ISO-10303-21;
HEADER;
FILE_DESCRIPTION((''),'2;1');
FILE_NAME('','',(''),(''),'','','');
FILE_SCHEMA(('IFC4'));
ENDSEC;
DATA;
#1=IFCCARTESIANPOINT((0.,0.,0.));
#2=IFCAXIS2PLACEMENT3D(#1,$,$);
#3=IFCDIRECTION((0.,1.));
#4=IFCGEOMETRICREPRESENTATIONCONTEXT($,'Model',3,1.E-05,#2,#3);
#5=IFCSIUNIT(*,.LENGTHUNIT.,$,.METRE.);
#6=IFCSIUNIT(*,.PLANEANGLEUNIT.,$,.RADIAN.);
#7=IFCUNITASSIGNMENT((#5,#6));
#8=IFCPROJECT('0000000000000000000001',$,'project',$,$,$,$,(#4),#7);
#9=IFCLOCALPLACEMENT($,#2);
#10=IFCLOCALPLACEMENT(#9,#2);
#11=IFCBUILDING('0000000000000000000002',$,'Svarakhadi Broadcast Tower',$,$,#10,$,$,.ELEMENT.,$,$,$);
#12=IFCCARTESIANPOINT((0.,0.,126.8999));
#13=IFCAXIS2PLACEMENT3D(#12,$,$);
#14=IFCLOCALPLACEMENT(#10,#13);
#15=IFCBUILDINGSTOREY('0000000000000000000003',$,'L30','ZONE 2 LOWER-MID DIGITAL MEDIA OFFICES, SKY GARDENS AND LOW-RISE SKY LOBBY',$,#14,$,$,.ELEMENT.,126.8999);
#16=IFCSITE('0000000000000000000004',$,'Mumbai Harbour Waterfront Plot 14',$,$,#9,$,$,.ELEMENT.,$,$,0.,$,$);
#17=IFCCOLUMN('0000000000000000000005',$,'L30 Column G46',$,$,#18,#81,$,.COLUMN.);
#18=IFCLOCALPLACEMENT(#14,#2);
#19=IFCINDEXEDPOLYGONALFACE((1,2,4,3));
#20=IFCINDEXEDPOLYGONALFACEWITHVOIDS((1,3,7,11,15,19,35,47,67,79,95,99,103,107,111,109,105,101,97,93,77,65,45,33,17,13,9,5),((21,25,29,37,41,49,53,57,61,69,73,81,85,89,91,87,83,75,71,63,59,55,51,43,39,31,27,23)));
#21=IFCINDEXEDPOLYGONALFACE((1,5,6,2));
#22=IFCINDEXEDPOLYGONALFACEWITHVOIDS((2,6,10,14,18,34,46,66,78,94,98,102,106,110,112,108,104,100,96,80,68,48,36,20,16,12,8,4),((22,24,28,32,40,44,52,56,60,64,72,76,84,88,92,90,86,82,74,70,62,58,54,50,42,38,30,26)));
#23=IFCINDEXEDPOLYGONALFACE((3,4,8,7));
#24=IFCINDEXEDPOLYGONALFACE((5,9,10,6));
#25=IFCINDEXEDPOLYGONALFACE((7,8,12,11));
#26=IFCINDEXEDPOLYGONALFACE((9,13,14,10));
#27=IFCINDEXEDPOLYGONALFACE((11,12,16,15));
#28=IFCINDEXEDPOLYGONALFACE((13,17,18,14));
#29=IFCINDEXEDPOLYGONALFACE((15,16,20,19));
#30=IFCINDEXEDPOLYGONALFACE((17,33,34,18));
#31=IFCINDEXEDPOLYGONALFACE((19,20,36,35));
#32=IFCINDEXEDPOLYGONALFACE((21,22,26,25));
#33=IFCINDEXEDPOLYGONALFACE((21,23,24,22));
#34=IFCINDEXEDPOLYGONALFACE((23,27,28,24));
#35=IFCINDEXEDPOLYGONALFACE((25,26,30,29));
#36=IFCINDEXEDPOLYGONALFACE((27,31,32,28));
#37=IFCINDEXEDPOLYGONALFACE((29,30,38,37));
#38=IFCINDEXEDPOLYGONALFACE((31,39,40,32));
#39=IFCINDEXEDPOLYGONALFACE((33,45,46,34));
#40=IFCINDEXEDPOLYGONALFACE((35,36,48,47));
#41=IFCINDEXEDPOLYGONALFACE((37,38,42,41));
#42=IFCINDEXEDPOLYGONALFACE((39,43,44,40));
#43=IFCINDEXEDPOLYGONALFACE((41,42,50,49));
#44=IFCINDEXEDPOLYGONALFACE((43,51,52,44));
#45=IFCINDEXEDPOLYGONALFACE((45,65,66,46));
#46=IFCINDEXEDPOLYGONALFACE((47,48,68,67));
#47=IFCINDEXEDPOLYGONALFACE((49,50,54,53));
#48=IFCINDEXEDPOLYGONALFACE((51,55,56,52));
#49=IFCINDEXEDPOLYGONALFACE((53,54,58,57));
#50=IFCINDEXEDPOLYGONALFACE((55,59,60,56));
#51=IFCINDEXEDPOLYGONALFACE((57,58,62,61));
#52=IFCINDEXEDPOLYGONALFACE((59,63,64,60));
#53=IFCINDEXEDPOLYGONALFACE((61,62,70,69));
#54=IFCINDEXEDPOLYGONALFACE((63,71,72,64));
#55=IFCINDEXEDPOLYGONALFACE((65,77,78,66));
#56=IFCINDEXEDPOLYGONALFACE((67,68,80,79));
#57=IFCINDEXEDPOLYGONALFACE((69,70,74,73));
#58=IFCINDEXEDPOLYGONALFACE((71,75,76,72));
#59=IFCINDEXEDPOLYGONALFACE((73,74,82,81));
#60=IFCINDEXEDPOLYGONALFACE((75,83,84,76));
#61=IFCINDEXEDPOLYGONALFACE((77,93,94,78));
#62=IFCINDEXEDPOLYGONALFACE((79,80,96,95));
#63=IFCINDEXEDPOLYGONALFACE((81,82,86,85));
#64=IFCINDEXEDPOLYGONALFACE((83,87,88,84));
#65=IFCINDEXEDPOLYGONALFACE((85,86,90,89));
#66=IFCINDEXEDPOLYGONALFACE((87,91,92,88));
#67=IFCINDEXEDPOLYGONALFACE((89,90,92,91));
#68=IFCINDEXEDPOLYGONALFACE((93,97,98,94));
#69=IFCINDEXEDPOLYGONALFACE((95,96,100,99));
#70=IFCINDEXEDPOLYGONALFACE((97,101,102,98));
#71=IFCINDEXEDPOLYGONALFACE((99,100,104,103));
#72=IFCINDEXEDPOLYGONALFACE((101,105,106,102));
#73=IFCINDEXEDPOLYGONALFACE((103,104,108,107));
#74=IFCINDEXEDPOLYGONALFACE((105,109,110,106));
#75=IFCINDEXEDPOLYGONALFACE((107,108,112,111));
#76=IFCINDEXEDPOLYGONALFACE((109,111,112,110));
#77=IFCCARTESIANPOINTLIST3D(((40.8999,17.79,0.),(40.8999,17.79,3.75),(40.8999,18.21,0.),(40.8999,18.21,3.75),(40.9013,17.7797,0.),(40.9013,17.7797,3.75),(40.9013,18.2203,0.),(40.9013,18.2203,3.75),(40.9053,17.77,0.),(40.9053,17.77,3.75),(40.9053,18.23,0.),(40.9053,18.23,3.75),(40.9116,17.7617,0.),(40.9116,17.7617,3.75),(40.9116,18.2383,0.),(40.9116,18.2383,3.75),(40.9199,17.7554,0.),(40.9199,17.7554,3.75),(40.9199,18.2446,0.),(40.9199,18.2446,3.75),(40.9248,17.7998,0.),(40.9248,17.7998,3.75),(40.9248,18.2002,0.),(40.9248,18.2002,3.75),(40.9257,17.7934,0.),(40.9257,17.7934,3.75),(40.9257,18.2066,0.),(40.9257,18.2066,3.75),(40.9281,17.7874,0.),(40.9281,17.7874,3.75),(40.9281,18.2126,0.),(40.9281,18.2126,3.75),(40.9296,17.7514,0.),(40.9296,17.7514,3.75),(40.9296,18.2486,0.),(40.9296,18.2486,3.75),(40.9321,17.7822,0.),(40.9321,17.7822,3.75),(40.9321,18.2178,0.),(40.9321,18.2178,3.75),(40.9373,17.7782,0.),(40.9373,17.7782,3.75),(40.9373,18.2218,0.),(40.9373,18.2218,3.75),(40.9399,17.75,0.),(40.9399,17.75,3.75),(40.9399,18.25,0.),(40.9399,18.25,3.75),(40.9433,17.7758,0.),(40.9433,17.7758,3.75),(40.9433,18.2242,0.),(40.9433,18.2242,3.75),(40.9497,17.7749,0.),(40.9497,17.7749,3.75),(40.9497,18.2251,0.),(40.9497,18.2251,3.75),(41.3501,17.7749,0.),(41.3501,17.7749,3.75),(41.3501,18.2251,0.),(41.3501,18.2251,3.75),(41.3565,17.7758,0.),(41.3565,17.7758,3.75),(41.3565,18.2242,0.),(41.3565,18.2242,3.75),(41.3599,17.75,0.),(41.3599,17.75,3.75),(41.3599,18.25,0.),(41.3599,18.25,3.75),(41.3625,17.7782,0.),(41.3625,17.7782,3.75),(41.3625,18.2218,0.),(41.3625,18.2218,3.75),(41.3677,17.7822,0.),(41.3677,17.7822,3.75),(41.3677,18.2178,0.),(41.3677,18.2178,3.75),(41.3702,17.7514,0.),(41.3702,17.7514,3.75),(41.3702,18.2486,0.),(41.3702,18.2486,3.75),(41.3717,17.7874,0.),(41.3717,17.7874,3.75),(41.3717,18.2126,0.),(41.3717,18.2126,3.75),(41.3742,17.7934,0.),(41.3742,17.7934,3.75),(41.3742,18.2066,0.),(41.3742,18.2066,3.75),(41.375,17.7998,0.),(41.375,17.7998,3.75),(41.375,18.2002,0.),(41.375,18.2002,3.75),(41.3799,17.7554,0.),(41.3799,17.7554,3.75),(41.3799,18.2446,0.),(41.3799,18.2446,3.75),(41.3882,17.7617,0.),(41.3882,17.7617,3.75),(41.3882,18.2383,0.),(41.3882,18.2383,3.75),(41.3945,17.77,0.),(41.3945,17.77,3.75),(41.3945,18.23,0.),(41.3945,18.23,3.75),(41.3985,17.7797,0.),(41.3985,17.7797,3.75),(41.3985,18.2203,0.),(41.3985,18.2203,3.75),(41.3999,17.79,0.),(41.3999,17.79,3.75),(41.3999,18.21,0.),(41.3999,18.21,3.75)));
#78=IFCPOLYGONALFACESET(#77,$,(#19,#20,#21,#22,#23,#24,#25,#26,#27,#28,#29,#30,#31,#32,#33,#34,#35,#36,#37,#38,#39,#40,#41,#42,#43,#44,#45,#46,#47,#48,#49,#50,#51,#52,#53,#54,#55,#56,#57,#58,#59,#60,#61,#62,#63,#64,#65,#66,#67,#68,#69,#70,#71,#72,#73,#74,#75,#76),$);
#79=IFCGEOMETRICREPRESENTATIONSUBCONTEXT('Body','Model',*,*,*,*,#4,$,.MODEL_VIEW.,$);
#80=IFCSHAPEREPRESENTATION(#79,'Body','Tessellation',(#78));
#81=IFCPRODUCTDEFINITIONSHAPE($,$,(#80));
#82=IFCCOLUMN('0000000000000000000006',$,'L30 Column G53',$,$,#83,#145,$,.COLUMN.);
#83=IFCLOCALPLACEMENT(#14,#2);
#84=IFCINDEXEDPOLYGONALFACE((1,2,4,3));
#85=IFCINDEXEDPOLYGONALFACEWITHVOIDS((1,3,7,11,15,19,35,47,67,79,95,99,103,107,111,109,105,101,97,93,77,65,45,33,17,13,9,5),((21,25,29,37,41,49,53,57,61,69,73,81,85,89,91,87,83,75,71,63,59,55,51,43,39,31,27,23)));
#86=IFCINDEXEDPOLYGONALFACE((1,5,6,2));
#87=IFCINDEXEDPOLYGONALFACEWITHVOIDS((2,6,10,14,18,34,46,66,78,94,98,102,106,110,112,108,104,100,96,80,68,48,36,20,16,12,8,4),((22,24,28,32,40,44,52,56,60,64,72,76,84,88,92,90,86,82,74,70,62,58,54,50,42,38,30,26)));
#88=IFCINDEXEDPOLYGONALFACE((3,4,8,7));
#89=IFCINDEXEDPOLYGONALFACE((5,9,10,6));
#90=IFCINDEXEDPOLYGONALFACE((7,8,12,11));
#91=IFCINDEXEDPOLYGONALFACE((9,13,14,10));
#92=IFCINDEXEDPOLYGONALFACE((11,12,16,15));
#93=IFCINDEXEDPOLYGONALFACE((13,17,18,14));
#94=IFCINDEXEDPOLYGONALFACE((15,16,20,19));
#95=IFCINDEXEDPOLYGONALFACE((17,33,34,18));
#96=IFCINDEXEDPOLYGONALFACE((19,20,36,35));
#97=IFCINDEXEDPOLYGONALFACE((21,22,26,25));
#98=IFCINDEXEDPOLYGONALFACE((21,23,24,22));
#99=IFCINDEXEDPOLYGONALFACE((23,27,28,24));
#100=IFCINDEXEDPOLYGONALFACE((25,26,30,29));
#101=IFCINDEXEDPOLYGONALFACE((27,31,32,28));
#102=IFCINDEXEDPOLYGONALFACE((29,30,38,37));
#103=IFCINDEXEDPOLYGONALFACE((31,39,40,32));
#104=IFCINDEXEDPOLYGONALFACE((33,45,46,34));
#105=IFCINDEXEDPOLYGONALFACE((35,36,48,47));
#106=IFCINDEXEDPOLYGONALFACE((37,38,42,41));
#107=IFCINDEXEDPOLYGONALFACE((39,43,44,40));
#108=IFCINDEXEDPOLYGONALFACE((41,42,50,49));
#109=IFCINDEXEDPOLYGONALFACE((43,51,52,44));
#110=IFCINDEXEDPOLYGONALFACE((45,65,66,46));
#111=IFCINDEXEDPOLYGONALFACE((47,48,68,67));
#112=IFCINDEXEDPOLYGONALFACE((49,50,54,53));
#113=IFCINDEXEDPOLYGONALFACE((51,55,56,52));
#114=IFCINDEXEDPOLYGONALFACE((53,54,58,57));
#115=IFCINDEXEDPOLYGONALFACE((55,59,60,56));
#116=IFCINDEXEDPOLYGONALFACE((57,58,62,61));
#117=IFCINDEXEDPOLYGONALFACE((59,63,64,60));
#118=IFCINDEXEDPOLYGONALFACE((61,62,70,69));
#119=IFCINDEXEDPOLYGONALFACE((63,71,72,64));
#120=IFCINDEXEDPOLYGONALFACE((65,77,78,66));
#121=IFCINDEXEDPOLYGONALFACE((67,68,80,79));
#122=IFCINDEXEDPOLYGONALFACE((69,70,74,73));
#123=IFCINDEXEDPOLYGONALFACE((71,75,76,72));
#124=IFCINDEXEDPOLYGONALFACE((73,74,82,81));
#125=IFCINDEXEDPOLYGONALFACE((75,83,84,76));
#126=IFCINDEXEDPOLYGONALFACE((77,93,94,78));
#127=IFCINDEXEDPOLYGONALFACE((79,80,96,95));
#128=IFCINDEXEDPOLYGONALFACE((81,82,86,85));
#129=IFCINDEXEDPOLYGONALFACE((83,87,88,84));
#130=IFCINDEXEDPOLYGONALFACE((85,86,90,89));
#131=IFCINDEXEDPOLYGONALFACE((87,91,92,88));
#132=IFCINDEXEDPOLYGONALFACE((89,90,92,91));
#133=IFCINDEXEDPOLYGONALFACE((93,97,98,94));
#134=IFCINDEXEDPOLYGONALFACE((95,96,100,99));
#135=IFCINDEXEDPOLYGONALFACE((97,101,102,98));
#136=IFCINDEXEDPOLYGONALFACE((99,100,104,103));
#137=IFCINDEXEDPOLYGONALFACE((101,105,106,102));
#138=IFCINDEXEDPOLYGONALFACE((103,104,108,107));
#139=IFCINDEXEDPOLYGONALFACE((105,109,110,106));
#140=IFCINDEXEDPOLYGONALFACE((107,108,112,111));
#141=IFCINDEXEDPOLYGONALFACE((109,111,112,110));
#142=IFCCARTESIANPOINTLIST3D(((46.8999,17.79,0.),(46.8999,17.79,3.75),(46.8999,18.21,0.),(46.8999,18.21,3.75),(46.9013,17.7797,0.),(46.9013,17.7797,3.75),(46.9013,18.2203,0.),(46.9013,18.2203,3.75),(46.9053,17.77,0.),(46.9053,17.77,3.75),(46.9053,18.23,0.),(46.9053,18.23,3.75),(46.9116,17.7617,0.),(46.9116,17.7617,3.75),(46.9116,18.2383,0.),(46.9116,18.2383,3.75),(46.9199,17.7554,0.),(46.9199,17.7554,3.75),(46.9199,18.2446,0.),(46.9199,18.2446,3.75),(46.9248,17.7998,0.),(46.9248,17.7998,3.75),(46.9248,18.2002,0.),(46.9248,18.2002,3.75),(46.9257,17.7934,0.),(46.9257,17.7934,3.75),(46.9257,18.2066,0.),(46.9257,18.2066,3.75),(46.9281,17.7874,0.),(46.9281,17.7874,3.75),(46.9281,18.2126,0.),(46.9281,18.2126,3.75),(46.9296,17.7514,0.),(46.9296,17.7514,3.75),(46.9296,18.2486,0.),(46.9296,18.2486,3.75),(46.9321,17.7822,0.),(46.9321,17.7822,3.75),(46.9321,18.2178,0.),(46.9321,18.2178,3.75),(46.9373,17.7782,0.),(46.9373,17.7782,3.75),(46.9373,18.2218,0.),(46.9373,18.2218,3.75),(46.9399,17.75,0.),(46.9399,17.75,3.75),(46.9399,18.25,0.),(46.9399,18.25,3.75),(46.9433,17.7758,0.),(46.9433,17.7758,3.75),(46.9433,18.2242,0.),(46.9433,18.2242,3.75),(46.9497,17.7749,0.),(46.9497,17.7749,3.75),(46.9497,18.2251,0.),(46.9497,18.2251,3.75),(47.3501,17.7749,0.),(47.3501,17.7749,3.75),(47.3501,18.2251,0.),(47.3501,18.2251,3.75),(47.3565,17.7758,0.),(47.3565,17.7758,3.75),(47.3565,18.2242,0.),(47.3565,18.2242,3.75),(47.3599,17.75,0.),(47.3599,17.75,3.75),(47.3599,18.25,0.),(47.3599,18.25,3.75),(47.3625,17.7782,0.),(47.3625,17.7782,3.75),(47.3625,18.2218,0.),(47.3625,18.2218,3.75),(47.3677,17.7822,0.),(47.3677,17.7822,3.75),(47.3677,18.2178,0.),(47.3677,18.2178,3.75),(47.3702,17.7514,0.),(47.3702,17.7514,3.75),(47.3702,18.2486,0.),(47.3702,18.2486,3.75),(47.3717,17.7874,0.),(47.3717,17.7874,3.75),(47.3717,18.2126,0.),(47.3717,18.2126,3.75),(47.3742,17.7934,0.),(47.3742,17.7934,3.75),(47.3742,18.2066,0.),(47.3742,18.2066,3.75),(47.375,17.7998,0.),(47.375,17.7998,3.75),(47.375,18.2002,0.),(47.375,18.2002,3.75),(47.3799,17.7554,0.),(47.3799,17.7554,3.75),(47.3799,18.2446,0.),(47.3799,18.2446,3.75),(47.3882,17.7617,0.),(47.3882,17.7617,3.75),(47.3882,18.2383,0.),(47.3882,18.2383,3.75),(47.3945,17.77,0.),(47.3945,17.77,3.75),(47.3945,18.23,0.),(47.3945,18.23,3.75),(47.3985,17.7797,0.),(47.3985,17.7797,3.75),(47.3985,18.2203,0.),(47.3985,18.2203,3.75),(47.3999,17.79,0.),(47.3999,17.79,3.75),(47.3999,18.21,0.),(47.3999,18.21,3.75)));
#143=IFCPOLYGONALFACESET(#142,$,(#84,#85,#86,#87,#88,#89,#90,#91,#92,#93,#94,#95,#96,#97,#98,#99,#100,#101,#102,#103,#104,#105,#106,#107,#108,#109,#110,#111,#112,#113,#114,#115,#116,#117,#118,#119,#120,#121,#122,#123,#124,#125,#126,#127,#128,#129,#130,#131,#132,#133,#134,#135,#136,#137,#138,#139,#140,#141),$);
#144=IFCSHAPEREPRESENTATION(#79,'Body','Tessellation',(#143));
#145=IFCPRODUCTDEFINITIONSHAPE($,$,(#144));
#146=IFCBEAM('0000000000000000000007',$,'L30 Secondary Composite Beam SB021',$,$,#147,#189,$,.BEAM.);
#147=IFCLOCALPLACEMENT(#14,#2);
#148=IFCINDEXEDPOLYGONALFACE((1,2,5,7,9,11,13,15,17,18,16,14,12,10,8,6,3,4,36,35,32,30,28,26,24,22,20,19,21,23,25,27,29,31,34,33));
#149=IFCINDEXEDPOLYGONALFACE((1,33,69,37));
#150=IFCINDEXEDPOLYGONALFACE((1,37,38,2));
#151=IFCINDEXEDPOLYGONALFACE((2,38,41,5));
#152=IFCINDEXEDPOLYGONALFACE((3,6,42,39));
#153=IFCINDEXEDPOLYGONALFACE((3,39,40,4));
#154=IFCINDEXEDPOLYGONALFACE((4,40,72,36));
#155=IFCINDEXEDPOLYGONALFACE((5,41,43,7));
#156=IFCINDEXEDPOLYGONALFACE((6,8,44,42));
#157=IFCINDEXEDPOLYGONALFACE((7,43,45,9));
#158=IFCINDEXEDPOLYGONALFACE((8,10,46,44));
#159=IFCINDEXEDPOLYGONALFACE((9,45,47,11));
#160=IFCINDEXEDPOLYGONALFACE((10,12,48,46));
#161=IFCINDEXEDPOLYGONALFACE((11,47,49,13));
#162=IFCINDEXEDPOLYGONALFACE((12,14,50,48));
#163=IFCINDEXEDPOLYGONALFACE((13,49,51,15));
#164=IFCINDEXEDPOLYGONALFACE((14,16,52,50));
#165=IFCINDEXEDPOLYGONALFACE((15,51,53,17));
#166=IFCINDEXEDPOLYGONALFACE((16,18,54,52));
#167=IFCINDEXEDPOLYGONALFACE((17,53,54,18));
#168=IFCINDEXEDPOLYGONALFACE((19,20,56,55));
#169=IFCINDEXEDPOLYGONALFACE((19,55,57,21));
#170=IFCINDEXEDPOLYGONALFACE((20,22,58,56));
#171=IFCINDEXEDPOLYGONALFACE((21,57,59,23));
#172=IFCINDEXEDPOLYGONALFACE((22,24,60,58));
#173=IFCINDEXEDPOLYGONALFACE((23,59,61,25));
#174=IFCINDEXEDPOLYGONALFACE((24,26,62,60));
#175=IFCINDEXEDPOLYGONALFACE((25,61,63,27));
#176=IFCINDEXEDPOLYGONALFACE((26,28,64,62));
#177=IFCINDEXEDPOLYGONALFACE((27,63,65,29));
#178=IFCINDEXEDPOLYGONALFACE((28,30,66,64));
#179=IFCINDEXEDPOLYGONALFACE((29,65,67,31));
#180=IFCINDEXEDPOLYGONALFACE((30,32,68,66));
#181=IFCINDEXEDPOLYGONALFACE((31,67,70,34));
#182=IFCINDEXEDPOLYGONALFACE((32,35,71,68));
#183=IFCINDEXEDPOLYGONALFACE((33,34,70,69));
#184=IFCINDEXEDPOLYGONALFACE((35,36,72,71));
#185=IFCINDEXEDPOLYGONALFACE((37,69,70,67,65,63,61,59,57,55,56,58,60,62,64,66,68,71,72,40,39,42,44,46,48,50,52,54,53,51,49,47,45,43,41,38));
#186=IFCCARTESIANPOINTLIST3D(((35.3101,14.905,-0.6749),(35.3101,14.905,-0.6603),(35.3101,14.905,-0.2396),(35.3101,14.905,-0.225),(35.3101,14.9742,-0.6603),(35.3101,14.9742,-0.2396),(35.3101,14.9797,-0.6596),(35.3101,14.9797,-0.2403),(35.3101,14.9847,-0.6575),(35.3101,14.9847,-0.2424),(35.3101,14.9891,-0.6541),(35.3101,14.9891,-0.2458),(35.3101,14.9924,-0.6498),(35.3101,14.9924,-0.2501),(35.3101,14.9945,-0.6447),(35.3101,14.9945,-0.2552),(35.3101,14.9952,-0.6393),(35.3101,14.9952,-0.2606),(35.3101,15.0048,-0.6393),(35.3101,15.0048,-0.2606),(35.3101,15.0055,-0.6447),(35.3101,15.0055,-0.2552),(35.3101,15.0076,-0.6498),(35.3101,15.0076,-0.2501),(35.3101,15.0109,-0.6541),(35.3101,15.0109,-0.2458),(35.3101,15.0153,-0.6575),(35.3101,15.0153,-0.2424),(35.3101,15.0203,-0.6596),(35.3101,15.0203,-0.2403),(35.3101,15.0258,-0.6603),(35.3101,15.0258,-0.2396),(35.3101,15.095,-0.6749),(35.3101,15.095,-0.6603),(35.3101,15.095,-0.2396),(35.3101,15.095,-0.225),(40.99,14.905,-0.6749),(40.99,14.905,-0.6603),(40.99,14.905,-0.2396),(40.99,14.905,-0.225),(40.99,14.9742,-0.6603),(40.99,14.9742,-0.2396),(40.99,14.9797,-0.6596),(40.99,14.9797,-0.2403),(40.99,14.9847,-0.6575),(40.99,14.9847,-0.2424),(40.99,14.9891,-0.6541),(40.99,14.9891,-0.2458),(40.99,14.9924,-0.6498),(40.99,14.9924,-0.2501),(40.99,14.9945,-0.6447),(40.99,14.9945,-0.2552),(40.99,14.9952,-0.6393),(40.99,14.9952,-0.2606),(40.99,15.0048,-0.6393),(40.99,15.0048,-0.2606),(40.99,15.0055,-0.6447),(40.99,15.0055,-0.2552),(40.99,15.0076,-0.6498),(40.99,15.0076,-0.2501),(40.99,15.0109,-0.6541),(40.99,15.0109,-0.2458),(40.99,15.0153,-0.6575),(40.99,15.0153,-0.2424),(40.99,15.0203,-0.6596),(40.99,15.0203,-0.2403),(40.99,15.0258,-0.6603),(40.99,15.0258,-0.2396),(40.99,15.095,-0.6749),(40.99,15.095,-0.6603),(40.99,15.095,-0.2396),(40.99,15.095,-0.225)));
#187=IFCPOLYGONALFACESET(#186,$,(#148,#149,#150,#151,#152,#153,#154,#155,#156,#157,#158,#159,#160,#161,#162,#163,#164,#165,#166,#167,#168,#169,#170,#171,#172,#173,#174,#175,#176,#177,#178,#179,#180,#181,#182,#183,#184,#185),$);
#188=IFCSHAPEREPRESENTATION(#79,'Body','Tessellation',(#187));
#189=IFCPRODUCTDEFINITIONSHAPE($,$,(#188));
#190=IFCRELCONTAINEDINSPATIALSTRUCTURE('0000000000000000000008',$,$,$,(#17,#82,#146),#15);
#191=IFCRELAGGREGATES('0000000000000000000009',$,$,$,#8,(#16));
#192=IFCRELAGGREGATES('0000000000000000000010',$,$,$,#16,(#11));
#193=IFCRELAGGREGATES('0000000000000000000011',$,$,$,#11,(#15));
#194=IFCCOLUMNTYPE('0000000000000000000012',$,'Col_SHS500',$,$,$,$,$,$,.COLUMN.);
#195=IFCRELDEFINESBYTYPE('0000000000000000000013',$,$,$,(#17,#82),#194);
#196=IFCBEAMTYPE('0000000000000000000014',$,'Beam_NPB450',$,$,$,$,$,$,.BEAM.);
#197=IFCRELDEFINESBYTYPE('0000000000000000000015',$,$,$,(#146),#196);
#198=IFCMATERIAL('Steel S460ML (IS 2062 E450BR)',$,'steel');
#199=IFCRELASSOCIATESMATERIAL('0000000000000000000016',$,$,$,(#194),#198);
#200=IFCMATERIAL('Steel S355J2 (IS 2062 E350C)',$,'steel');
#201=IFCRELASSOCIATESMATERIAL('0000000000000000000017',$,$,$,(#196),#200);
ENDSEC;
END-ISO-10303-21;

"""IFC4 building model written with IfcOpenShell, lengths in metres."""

from ifc_helpers import new_model, si_unit, direction, frame, origin, origin_2d, place, context, subcontext, project, spatial, hollow_rectangle, i_section, extrude, material, material_profile, profile_set, type_object, element, save


model = new_model("IFC4")

# Units and contexts
model_context = context("Model", 3, precision=1e-05, world=origin(), true_north=direction((0.0, 1.0)))
body_context = subcontext(model_context, "Body", "Model", "MODEL_VIEW")
ifc_project = project(units=[si_unit("LENGTHUNIT", "METRE"), si_unit("PLANEANGLEUNIT", "RADIAN")], contexts=[model_context])

# Site, building, storey
site_placement = place(None, origin())
site = spatial("IfcSite", under=ifc_project, at=site_placement, Name="Mumbai Harbour Waterfront Plot 14", CompositionType="ELEMENT", RefElevation=0.0)
building_placement = place(site_placement, origin())
building = spatial("IfcBuilding", under=site, at=building_placement, Name="Svarakhadi Broadcast Tower", CompositionType="ELEMENT")
storey_placement = place(building_placement, frame((0.0, 0.0, 126.8999)))
storey = spatial("IfcBuildingStorey", under=building, at=storey_placement, Name="L30", Description="ZONE 2 LOWER-MID DIGITAL MEDIA OFFICES, SKY GARDENS AND LOW-RISE SKY LOBBY", CompositionType="ELEMENT", Elevation=126.8999)

# Columns
ifc_material_1 = material(Name="Steel S460ML (IS 2062 E450BR)", Category="steel")
ifc_material_profile_1 = material_profile(ifc_material_1, hollow_rectangle(XDim=0.5, YDim=0.5, WallThickness=0.0249, InnerFilletRadius=0.0249, OuterFilletRadius=0.04, at=origin_2d()), Name="SHS 500x500x25")
ifc_profile_set_1 = profile_set([ifc_material_profile_1], Name="Steel S460ML (IS 2062 E450BR)")
column_type_1 = type_object("IfcColumnType", Name="Col_SHS500", PredefinedType="COLUMN", material=ifc_profile_set_1)
for number, where, z_axis, x_axis, name in (
    (1, (41.1499, 18.0, 0.0), (0.0, 0.0, 1.0), (1.0, 0.0, 0.0), "L30 Column G46"),
    (2, (47.1499, 18.0, 0.0), (0.0, 0.0, 1.0), (1.0, 0.0, 0.0), "L30 Column G53"),
):
    element("IfcColumn", number, at=place(storey_placement, frame(where, z_axis=z_axis, x_axis=x_axis)), inside=storey, type_object=column_type_1, Name=name, PredefinedType="COLUMN", context=body_context, shape_type="SweptSolid", body=[
        extrude(hollow_rectangle(XDim=0.5, YDim=0.5, WallThickness=0.0249, InnerFilletRadius=0.0249, OuterFilletRadius=0.04, at=origin_2d()), origin(), (0.0, 0.0, 1.0), 3.75),
    ])

# Beam
ifc_material_2 = material(Name="Steel S355J2 (IS 2062 E350C)", Category="steel")
ifc_material_profile_2 = material_profile(ifc_material_2, i_section(OverallWidth=0.1899, OverallDepth=0.45, WebThickness=0.0095, FlangeThickness=0.0146, FilletRadius=0.021, at=origin_2d()), Name="NPB 450x190x78")
ifc_profile_set_2 = profile_set([ifc_material_profile_2], Name="Steel S355J2 (IS 2062 E350C)")
beam_type_1 = type_object("IfcBeamType", Name="Beam_NPB450", PredefinedType="BEAM", material=ifc_profile_set_2)
for number, where, z_axis, x_axis, name in (
    (3, (35.3101, 15.0, -0.45), (1.0, 0.0, 0.0), (0.0, 1.0, 0.0), "L30 Secondary Composite Beam SB021"),
):
    element("IfcBeam", number, at=place(storey_placement, frame(where, z_axis=z_axis, x_axis=x_axis)), inside=storey, type_object=beam_type_1, Name=name, PredefinedType="BEAM", context=body_context, shape_type="SweptSolid", body=[
        extrude(i_section(OverallWidth=0.1899, OverallDepth=0.45, WebThickness=0.0095, FlangeThickness=0.0146, FilletRadius=0.021, at=origin_2d()), origin(), (0.0, 0.0, 1.0), 5.6799),
    ])

save(model, "model.ifc")
